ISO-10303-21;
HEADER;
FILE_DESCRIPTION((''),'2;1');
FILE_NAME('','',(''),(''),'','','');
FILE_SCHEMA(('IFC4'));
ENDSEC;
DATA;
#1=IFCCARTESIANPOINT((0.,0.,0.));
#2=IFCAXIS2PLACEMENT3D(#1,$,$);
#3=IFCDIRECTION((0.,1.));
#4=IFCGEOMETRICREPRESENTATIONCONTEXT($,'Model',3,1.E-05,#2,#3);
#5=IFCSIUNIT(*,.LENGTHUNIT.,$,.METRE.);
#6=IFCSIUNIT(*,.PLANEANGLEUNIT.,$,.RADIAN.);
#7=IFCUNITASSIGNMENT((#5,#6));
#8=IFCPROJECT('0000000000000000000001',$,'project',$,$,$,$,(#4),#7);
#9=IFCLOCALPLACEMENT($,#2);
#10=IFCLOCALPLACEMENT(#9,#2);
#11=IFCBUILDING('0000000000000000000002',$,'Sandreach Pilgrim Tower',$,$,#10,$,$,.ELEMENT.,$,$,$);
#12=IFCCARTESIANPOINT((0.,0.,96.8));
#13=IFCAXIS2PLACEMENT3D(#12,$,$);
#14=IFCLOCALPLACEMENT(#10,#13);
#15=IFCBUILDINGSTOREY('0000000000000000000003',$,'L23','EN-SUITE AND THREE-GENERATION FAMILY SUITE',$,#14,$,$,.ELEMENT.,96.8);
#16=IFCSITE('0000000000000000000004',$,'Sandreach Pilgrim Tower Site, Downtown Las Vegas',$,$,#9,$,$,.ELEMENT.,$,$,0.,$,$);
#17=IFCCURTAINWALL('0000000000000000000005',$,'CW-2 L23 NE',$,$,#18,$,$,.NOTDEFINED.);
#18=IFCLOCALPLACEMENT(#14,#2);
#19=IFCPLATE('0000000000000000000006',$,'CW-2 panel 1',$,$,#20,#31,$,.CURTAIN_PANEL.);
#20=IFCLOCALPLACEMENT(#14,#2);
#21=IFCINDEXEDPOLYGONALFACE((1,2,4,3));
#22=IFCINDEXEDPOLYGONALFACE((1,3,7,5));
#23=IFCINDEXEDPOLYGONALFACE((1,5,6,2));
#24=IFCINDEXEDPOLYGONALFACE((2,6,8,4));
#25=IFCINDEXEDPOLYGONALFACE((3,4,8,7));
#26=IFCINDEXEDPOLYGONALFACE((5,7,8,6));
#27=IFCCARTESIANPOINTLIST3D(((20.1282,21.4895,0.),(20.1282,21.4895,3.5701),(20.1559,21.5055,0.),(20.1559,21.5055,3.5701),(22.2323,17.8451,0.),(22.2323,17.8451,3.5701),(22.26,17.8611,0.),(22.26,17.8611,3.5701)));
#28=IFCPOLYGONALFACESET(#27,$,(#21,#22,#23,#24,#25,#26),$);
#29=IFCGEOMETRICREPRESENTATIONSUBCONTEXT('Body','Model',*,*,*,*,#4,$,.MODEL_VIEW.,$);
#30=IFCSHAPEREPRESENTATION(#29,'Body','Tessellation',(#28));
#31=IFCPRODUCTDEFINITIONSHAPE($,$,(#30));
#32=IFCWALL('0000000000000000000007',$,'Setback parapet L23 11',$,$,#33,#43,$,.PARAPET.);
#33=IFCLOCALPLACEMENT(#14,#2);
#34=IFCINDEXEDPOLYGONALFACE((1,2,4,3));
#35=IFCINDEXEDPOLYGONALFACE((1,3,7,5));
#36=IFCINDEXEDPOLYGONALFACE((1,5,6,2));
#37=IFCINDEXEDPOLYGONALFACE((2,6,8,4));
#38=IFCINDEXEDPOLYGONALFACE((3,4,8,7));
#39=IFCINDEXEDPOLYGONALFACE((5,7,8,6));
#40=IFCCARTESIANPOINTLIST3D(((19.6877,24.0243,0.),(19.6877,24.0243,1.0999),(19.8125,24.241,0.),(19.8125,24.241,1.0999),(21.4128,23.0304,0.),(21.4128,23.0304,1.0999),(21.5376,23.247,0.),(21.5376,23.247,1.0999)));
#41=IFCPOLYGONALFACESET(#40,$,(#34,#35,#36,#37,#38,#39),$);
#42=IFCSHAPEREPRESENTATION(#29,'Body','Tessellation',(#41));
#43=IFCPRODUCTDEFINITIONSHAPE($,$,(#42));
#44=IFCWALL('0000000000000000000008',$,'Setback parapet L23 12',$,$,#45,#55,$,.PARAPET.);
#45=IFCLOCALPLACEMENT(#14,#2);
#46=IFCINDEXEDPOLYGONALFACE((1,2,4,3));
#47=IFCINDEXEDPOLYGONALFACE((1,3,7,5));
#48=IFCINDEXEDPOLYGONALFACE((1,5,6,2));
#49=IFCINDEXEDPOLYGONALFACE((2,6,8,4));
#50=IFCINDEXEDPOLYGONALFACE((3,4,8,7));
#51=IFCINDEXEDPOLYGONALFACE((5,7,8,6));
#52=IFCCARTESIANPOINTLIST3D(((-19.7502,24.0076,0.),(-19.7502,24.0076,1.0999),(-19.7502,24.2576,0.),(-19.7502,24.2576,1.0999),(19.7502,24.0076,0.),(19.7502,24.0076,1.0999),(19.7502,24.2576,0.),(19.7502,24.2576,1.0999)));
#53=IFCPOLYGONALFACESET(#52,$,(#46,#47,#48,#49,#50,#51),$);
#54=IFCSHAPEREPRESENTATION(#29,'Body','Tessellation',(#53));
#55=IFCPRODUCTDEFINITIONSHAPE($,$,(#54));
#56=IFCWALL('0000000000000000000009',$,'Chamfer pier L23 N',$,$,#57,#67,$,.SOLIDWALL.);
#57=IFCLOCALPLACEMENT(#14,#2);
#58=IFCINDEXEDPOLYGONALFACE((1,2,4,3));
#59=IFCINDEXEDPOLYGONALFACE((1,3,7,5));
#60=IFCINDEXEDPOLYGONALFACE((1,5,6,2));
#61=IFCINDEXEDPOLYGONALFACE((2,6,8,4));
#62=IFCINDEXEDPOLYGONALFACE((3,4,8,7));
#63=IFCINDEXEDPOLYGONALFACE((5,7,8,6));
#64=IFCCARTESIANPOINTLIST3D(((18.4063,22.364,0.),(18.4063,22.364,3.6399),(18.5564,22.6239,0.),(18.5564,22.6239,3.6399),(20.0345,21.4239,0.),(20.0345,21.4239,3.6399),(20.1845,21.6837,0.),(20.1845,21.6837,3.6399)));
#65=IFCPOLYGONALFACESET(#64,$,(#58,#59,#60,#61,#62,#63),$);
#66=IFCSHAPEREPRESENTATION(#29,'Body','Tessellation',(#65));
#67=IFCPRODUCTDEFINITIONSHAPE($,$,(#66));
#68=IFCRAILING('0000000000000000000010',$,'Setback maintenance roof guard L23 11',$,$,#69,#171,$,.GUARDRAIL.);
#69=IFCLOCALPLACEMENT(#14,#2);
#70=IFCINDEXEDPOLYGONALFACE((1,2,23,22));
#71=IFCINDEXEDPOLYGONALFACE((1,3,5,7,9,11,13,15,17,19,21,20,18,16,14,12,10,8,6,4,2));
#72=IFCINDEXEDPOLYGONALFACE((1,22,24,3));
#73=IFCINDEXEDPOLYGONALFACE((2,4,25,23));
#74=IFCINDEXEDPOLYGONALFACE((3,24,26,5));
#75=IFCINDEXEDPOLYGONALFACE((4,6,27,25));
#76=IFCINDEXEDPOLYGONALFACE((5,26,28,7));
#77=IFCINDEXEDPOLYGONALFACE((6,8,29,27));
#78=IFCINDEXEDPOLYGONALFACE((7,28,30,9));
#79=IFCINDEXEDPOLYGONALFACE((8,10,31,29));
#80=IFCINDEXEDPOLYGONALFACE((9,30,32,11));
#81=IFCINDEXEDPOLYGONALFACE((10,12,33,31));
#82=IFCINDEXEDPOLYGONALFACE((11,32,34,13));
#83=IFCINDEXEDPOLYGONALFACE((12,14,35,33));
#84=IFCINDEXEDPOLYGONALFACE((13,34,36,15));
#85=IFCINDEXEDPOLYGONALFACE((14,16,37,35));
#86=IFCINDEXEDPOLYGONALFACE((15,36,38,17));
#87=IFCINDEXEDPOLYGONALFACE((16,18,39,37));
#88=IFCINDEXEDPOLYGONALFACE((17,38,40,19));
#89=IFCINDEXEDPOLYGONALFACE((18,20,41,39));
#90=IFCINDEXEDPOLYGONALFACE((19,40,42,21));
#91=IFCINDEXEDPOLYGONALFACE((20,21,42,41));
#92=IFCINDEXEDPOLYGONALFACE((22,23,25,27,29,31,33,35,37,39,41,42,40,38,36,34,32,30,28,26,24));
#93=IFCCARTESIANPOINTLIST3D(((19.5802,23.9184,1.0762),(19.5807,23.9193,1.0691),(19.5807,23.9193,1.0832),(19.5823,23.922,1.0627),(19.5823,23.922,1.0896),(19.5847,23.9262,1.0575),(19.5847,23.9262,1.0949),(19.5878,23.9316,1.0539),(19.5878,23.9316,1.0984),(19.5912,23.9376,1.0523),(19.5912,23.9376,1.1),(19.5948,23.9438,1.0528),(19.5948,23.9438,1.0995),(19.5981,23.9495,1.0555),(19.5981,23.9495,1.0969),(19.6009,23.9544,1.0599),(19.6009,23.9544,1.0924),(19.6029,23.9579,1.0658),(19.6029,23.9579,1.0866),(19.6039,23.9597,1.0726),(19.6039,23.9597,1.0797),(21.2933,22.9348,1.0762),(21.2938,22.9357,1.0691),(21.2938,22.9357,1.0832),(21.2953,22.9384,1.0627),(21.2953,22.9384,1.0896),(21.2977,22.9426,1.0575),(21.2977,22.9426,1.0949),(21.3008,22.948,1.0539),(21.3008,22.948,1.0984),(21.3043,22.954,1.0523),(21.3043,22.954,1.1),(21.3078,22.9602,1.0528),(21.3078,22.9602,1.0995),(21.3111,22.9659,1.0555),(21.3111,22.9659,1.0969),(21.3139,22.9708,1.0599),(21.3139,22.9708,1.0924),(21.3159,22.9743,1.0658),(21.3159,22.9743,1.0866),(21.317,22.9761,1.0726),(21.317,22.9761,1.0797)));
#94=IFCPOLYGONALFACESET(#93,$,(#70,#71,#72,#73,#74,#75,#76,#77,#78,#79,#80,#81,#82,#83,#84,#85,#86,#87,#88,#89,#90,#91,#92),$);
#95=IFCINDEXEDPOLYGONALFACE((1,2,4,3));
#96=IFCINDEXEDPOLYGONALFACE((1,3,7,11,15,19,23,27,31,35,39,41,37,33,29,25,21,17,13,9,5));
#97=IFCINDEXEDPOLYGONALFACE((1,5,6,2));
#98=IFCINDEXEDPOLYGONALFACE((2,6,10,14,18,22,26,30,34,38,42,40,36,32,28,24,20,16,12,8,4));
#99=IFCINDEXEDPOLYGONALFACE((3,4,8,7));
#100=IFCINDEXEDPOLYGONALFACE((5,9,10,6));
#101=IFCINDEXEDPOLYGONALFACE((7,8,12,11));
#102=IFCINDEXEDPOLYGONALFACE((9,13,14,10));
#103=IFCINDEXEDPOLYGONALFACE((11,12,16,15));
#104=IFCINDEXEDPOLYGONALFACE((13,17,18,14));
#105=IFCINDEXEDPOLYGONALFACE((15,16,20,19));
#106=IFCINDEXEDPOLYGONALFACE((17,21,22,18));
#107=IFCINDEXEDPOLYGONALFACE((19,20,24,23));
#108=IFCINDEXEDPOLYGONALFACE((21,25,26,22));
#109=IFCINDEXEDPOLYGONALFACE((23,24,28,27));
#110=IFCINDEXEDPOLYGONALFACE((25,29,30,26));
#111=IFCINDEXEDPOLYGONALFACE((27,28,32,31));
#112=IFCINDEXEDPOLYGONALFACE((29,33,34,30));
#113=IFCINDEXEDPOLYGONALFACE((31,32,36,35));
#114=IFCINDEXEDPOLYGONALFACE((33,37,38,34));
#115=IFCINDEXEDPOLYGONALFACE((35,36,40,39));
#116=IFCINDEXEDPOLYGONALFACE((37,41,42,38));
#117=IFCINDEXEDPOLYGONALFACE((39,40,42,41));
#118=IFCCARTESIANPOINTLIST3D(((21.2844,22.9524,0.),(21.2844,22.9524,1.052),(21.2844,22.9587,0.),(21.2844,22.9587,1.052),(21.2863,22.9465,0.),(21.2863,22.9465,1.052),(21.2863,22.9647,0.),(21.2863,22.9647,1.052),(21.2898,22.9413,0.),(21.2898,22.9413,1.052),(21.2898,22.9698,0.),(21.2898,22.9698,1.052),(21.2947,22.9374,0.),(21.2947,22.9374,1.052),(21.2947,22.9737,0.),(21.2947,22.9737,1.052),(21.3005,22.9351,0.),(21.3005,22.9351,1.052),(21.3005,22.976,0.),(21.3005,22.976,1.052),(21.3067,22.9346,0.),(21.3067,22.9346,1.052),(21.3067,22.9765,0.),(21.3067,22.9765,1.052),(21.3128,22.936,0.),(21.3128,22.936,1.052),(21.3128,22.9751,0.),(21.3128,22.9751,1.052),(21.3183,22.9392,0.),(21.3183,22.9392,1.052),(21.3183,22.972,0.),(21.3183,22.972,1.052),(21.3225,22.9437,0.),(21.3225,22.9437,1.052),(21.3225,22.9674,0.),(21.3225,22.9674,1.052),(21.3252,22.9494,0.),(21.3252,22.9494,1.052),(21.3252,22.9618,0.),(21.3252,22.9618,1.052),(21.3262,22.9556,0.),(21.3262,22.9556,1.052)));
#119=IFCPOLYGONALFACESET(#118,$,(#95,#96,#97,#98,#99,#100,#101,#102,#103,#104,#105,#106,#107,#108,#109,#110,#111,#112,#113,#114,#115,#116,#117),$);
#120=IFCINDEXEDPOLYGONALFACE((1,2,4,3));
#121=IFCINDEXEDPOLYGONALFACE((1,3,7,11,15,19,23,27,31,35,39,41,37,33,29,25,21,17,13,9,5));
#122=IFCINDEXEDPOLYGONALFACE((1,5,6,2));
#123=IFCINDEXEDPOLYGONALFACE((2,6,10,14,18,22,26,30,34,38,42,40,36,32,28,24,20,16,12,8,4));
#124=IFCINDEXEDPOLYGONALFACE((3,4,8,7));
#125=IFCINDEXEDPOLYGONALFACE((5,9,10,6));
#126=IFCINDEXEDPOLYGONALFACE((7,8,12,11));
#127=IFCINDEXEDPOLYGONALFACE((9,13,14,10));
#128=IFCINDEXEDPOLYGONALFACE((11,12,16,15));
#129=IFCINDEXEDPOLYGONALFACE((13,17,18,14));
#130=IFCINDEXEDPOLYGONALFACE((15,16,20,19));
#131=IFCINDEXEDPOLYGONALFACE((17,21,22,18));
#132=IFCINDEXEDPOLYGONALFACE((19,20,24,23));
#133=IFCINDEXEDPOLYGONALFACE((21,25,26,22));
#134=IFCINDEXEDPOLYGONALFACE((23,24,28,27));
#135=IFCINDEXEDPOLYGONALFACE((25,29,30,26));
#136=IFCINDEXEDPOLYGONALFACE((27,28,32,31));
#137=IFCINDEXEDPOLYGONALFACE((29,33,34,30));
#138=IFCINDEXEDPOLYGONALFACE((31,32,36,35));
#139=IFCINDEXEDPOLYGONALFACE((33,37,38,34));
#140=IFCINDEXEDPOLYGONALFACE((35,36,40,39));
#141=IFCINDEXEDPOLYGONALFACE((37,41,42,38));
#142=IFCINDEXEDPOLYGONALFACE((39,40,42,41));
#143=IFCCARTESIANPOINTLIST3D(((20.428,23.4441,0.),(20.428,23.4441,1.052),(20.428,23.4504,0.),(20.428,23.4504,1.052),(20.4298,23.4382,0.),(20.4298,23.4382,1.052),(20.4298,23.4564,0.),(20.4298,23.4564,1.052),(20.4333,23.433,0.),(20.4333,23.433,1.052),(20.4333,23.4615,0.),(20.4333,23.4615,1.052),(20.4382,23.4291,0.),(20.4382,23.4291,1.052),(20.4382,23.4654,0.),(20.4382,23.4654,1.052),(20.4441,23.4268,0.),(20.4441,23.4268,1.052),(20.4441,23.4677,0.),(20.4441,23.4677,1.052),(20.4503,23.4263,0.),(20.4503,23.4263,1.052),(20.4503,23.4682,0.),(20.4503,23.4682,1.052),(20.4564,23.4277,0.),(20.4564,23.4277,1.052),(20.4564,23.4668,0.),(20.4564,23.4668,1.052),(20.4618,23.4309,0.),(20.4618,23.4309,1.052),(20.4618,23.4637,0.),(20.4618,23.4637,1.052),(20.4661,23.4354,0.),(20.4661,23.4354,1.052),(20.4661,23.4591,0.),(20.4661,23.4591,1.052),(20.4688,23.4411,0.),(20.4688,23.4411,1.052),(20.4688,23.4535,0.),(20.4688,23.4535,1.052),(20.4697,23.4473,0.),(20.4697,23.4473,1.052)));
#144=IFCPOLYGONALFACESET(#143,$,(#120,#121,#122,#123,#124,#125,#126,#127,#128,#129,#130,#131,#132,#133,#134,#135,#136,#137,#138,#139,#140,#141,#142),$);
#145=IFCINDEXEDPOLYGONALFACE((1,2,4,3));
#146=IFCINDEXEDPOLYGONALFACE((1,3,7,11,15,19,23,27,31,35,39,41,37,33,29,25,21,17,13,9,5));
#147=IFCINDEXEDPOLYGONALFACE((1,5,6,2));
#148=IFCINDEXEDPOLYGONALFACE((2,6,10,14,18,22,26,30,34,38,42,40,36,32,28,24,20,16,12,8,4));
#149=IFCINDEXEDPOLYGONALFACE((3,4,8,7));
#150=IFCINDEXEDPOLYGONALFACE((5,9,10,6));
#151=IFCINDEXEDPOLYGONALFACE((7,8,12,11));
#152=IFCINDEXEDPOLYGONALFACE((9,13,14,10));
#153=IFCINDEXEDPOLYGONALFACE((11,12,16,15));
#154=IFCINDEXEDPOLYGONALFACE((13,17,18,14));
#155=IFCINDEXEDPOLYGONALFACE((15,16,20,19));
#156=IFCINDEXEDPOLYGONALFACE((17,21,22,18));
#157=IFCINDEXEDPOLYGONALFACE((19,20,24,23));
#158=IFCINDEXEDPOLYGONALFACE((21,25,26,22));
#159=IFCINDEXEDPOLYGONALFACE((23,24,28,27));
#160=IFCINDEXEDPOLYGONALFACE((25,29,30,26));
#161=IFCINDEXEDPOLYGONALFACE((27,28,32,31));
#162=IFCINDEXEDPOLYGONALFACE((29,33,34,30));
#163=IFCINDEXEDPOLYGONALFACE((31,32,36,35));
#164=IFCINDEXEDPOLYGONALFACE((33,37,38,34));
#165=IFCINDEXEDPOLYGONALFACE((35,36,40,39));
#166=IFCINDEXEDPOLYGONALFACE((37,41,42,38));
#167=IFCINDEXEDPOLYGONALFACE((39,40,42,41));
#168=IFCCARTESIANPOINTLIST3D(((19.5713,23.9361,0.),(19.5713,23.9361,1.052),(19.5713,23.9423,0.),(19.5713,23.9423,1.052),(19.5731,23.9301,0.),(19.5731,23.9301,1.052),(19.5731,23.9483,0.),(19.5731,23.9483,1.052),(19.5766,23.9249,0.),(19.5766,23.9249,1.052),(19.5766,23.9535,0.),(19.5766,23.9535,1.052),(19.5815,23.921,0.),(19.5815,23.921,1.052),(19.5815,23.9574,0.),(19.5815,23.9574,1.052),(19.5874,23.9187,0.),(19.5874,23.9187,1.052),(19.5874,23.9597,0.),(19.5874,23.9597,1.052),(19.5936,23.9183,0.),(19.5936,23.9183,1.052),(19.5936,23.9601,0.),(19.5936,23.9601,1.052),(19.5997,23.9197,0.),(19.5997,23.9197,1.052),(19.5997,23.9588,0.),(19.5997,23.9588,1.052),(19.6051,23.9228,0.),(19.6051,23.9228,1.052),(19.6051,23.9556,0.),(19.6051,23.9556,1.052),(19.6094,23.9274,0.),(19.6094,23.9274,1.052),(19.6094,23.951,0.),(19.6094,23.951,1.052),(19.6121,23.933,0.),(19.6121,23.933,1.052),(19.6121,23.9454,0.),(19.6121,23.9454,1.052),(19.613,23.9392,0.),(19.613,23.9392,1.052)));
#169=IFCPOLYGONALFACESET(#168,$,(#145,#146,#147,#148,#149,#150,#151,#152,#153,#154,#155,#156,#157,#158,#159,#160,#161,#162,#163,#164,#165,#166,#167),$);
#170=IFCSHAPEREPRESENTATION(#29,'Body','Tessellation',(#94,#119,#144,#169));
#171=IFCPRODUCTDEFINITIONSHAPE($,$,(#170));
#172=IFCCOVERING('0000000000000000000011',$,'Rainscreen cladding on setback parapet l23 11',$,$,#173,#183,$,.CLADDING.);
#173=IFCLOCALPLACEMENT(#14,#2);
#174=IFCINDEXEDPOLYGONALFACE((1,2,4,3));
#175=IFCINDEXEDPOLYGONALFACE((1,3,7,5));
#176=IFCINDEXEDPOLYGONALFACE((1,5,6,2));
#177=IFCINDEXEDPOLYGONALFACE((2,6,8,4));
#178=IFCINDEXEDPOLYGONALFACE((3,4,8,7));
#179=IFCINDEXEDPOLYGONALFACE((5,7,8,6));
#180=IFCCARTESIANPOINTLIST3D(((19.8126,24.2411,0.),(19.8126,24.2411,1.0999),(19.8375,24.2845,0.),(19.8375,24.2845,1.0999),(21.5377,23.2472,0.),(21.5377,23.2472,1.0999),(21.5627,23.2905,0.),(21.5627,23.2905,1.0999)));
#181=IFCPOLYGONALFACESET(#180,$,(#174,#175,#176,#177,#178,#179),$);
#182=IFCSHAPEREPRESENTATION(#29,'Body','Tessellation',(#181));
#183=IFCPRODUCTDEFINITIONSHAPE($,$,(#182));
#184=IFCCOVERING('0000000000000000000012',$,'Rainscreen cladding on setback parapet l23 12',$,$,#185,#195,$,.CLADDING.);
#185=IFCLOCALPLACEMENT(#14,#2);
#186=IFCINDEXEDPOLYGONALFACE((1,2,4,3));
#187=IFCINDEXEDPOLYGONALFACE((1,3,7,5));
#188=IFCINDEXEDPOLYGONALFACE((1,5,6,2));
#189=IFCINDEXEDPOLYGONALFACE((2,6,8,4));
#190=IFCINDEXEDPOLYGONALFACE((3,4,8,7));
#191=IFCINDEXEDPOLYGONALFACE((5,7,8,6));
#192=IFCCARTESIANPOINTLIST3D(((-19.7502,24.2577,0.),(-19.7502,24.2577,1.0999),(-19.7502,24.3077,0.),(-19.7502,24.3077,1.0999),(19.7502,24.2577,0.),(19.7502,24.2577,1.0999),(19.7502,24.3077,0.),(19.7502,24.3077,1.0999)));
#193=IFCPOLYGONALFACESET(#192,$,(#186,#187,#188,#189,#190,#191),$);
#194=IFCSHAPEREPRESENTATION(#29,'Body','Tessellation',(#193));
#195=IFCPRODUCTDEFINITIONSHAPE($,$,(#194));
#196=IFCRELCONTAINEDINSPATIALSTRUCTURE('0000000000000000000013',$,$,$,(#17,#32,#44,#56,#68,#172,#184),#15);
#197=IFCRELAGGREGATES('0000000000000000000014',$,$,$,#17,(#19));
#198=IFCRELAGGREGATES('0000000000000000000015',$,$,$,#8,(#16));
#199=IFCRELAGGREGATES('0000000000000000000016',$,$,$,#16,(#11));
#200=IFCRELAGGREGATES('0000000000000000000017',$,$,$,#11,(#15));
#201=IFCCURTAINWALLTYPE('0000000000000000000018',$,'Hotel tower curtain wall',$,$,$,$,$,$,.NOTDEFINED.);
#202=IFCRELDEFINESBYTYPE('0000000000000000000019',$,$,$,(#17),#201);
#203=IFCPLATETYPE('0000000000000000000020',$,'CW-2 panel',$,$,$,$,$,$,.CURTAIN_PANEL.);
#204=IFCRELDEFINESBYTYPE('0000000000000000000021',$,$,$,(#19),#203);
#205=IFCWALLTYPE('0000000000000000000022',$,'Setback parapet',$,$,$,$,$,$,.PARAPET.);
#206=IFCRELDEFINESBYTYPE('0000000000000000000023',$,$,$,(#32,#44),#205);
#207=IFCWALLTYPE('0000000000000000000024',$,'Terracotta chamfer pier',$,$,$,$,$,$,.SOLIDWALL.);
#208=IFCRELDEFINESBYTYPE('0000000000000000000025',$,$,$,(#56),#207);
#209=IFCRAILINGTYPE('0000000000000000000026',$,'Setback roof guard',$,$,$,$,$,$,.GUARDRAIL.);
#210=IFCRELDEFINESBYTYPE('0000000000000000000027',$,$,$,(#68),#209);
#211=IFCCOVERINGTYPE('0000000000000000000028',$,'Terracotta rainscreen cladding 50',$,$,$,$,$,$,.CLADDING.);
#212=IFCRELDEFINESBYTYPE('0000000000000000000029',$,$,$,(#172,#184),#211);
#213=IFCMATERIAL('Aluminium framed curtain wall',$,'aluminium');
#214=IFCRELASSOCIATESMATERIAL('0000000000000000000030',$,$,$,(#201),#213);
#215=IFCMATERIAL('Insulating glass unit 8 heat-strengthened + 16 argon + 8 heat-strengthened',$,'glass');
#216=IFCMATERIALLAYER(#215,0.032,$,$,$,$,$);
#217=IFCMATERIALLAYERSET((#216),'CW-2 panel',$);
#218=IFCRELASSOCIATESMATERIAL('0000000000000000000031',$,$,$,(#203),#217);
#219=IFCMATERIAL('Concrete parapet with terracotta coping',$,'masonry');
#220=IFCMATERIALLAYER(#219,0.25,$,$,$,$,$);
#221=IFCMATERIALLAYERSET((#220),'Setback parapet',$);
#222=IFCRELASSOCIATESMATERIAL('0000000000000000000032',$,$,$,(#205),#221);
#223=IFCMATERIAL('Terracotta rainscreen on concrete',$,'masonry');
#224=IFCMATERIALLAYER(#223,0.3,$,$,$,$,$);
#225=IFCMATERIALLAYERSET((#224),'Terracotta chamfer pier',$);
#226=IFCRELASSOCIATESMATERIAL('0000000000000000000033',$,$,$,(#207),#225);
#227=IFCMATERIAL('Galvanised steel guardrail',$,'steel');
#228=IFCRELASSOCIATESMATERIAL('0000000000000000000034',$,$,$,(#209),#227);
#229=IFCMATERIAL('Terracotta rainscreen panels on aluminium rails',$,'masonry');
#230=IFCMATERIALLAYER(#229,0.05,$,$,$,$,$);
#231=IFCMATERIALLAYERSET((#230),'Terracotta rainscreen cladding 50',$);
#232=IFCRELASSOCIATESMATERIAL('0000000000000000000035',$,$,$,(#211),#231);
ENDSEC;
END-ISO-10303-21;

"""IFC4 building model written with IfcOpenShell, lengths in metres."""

from ifc_helpers import new_model, si_unit, direction, frame, frame_2d, origin, origin_2d, place, context, subcontext, project, spatial, rectangle, circle, extrude, material, layer, layer_set, type_object, element, aggregate, save


model = new_model("IFC4")

# Units and contexts
model_context = context("Model", 3, precision=1e-05, world=origin(), true_north=direction((0.0, 1.0)))
body_context = subcontext(model_context, "Body", "Model", "MODEL_VIEW")
ifc_project = project(units=[si_unit("LENGTHUNIT", "METRE"), si_unit("PLANEANGLEUNIT", "RADIAN")], contexts=[model_context])

# Site, building, storey
site_placement = place(None, origin())
site = spatial("IfcSite", under=ifc_project, at=site_placement, Name="Sandreach Pilgrim Tower Site, Downtown Las Vegas", CompositionType="ELEMENT", RefElevation=0.0)
building_placement = place(site_placement, origin())
building = spatial("IfcBuilding", under=site, at=building_placement, Name="Sandreach Pilgrim Tower", CompositionType="ELEMENT")
storey_placement = place(building_placement, frame((0.0, 0.0, 96.8)))
storey = spatial("IfcBuildingStorey", under=building, at=storey_placement, Name="L23", Description="EN-SUITE AND THREE-GENERATION FAMILY SUITE", CompositionType="ELEMENT", Elevation=96.8)

# Shared definitions
ifc_material_1 = material(Name="Aluminium framed curtain wall", Category="aluminium")
curtain_wall_type = type_object("IfcCurtainWallType", Name="Hotel tower curtain wall", PredefinedType="NOTDEFINED", material=ifc_material_1)

# Curtain wall
curtain_wall_1_placement = place(storey_placement, origin())
curtain_wall_1 = element("IfcCurtainWall", 1, at=curtain_wall_1_placement, inside=storey, type_object=curtain_wall_type, Name="CW-2 L23 NE", PredefinedType="NOTDEFINED")

# Plate
ifc_material_2 = material(Name="Insulating glass unit 8 heat-strengthened + 16 argon + 8 heat-strengthened", Category="glass")
ifc_layer_1 = layer(ifc_material_2, 0.032)
ifc_layer_set_1 = layer_set([ifc_layer_1], Name="CW-2 panel")
plate_type = type_object("IfcPlateType", Name="CW-2 panel", PredefinedType="CURTAIN_PANEL", material=ifc_layer_set_1)
plate_placement = place(storey_placement, frame((21.1941, 19.6753, 0.0), z_axis=(0.0, 0.0, 1.0), x_axis=(0.5, -0.866025, 0.0)))
plate = element("IfcPlate", 2, at=plate_placement, type_object=plate_type, Name="CW-2 panel 1", PredefinedType="CURTAIN_PANEL", context=body_context, shape_type="SweptSolid", body=[
    extrude(rectangle(XDim=4.2083, YDim=0.032, at=origin_2d()), origin(), (0.0, 0.0, 1.0), 3.5701),
])
aggregate(curtain_wall_1, [plate])

# Walls
ifc_material_3 = material(Name="Concrete parapet with terracotta coping", Category="masonry")
ifc_layer_2 = layer(ifc_material_3, 0.25)
ifc_layer_set_2 = layer_set([ifc_layer_2], Name="Setback parapet")
wall_type_1 = type_object("IfcWallType", Name="Setback parapet", PredefinedType="PARAPET", material=ifc_layer_set_2)
wall_1_placement = place(storey_placement, frame((21.4753, 23.1387, 0.0), z_axis=(0.0, 0.0, 1.0), x_axis=(-0.866479, 0.499213, 0.0)))
element("IfcWall", 3, at=wall_1_placement, inside=storey, type_object=wall_type_1, Name="Setback parapet L23 11", PredefinedType="PARAPET", context=body_context, shape_type="SweptSolid", body=[
    extrude(rectangle(XDim=1.991, YDim=0.25, at=frame_2d((0.9956, 0.0))), origin(), (0.0, 0.0, 1.0), 1.0999),
])
wall_2_placement = place(storey_placement, frame((19.7502, 24.1326, 0.0), z_axis=(0.0, 0.0, 1.0), x_axis=(-1.0, 0.0, 0.0)))
element("IfcWall", 4, at=wall_2_placement, inside=storey, type_object=wall_type_1, Name="Setback parapet L23 12", PredefinedType="PARAPET", context=body_context, shape_type="SweptSolid", body=[
    extrude(rectangle(XDim=39.5005, YDim=0.25, at=frame_2d((19.7502, 0.0))), origin(), (0.0, 0.0, 1.0), 1.0999),
])
ifc_material_4 = material(Name="Terracotta rainscreen on concrete", Category="masonry")
ifc_layer_3 = layer(ifc_material_4, 0.3)
ifc_layer_set_3 = layer_set([ifc_layer_3], Name="Terracotta chamfer pier")
wall_type_2 = type_object("IfcWallType", Name="Terracotta chamfer pier", PredefinedType="SOLIDWALL", material=ifc_layer_set_3)
wall_3_placement = place(storey_placement, frame((18.4814, 22.4939, 0.0), z_axis=(0.0, 0.0, 1.0), x_axis=(0.865989, -0.500063, 0.0)))
element("IfcWall", 5, at=wall_3_placement, inside=storey, type_object=wall_type_2, Name="Chamfer pier L23 N", PredefinedType="SOLIDWALL", context=body_context, shape_type="SweptSolid", body=[
    extrude(rectangle(XDim=1.8801, YDim=0.3, at=frame_2d((0.9399, 0.0))), origin(), (0.0, 0.0, 1.0), 3.6399),
])

# Railing
ifc_material_5 = material(Name="Galvanised steel guardrail", Category="steel")
railing_type = type_object("IfcRailingType", Name="Setback roof guard", PredefinedType="GUARDRAIL", material=ifc_material_5)
railing_1_placement = place(storey_placement, frame((21.3052, 22.9556, 0.0)))
element("IfcRailing", 6, at=railing_1_placement, inside=storey, type_object=railing_type, Name="Setback maintenance roof guard L23 11", PredefinedType="GUARDRAIL", context=body_context, shape_type="SweptSolid", body=[
    extrude(circle(Radius=0.0239, at=origin_2d()), frame((0.0, 0.0, 1.0762), z_axis=(-0.867215, 0.497935, 0.0), x_axis=(-0.497935, -0.867215, 0.0)), (0.0, 0.0, 1.0), 1.9753),
    extrude(circle(Radius=0.021, at=origin_2d()), origin(), (0.0, 0.0, 1.0), 1.052),
    extrude(circle(Radius=0.021, at=origin_2d()), frame((-0.8564, 0.4917, 0.0)), (0.0, 0.0, 1.0), 1.052),
    extrude(circle(Radius=0.021, at=origin_2d()), frame((-1.7131, 0.9836, 0.0)), (0.0, 0.0, 1.0), 1.052),
])

# Coverings
ifc_material_6 = material(Name="Terracotta rainscreen panels on aluminium rails", Category="masonry")
ifc_layer_4 = layer(ifc_material_6, 0.05)
ifc_layer_set_4 = layer_set([ifc_layer_4], Name="Terracotta rainscreen cladding 50")
covering_type = type_object("IfcCoveringType", Name="Terracotta rainscreen cladding 50", PredefinedType="CLADDING", material=ifc_layer_set_4)
covering_1_placement = place(storey_placement, frame((21.5503, 23.2688, 0.0), z_axis=(0.0, 0.0, 1.0), x_axis=(-0.866479, 0.499213, 0.0)))
element("IfcCovering", 7, at=covering_1_placement, inside=storey, type_object=covering_type, Name="Rainscreen cladding on setback parapet l23 11", PredefinedType="CLADDING", context=body_context, shape_type="SweptSolid", body=[
    extrude(rectangle(XDim=1.991, YDim=0.05, at=frame_2d((0.9956, 0.0))), origin(), (0.0, 0.0, 1.0), 1.0999),
])
covering_2_placement = place(storey_placement, frame((19.7502, 24.2827, 0.0), z_axis=(0.0, 0.0, 1.0), x_axis=(-1.0, 0.0, 0.0)))
element("IfcCovering", 8, at=covering_2_placement, inside=storey, type_object=covering_type, Name="Rainscreen cladding on setback parapet l23 12", PredefinedType="CLADDING", context=body_context, shape_type="SweptSolid", body=[
    extrude(rectangle(XDim=39.5005, YDim=0.05, at=frame_2d((19.7502, 0.0))), origin(), (0.0, 0.0, 1.0), 1.0999),
])

save(model, "model.ifc")
